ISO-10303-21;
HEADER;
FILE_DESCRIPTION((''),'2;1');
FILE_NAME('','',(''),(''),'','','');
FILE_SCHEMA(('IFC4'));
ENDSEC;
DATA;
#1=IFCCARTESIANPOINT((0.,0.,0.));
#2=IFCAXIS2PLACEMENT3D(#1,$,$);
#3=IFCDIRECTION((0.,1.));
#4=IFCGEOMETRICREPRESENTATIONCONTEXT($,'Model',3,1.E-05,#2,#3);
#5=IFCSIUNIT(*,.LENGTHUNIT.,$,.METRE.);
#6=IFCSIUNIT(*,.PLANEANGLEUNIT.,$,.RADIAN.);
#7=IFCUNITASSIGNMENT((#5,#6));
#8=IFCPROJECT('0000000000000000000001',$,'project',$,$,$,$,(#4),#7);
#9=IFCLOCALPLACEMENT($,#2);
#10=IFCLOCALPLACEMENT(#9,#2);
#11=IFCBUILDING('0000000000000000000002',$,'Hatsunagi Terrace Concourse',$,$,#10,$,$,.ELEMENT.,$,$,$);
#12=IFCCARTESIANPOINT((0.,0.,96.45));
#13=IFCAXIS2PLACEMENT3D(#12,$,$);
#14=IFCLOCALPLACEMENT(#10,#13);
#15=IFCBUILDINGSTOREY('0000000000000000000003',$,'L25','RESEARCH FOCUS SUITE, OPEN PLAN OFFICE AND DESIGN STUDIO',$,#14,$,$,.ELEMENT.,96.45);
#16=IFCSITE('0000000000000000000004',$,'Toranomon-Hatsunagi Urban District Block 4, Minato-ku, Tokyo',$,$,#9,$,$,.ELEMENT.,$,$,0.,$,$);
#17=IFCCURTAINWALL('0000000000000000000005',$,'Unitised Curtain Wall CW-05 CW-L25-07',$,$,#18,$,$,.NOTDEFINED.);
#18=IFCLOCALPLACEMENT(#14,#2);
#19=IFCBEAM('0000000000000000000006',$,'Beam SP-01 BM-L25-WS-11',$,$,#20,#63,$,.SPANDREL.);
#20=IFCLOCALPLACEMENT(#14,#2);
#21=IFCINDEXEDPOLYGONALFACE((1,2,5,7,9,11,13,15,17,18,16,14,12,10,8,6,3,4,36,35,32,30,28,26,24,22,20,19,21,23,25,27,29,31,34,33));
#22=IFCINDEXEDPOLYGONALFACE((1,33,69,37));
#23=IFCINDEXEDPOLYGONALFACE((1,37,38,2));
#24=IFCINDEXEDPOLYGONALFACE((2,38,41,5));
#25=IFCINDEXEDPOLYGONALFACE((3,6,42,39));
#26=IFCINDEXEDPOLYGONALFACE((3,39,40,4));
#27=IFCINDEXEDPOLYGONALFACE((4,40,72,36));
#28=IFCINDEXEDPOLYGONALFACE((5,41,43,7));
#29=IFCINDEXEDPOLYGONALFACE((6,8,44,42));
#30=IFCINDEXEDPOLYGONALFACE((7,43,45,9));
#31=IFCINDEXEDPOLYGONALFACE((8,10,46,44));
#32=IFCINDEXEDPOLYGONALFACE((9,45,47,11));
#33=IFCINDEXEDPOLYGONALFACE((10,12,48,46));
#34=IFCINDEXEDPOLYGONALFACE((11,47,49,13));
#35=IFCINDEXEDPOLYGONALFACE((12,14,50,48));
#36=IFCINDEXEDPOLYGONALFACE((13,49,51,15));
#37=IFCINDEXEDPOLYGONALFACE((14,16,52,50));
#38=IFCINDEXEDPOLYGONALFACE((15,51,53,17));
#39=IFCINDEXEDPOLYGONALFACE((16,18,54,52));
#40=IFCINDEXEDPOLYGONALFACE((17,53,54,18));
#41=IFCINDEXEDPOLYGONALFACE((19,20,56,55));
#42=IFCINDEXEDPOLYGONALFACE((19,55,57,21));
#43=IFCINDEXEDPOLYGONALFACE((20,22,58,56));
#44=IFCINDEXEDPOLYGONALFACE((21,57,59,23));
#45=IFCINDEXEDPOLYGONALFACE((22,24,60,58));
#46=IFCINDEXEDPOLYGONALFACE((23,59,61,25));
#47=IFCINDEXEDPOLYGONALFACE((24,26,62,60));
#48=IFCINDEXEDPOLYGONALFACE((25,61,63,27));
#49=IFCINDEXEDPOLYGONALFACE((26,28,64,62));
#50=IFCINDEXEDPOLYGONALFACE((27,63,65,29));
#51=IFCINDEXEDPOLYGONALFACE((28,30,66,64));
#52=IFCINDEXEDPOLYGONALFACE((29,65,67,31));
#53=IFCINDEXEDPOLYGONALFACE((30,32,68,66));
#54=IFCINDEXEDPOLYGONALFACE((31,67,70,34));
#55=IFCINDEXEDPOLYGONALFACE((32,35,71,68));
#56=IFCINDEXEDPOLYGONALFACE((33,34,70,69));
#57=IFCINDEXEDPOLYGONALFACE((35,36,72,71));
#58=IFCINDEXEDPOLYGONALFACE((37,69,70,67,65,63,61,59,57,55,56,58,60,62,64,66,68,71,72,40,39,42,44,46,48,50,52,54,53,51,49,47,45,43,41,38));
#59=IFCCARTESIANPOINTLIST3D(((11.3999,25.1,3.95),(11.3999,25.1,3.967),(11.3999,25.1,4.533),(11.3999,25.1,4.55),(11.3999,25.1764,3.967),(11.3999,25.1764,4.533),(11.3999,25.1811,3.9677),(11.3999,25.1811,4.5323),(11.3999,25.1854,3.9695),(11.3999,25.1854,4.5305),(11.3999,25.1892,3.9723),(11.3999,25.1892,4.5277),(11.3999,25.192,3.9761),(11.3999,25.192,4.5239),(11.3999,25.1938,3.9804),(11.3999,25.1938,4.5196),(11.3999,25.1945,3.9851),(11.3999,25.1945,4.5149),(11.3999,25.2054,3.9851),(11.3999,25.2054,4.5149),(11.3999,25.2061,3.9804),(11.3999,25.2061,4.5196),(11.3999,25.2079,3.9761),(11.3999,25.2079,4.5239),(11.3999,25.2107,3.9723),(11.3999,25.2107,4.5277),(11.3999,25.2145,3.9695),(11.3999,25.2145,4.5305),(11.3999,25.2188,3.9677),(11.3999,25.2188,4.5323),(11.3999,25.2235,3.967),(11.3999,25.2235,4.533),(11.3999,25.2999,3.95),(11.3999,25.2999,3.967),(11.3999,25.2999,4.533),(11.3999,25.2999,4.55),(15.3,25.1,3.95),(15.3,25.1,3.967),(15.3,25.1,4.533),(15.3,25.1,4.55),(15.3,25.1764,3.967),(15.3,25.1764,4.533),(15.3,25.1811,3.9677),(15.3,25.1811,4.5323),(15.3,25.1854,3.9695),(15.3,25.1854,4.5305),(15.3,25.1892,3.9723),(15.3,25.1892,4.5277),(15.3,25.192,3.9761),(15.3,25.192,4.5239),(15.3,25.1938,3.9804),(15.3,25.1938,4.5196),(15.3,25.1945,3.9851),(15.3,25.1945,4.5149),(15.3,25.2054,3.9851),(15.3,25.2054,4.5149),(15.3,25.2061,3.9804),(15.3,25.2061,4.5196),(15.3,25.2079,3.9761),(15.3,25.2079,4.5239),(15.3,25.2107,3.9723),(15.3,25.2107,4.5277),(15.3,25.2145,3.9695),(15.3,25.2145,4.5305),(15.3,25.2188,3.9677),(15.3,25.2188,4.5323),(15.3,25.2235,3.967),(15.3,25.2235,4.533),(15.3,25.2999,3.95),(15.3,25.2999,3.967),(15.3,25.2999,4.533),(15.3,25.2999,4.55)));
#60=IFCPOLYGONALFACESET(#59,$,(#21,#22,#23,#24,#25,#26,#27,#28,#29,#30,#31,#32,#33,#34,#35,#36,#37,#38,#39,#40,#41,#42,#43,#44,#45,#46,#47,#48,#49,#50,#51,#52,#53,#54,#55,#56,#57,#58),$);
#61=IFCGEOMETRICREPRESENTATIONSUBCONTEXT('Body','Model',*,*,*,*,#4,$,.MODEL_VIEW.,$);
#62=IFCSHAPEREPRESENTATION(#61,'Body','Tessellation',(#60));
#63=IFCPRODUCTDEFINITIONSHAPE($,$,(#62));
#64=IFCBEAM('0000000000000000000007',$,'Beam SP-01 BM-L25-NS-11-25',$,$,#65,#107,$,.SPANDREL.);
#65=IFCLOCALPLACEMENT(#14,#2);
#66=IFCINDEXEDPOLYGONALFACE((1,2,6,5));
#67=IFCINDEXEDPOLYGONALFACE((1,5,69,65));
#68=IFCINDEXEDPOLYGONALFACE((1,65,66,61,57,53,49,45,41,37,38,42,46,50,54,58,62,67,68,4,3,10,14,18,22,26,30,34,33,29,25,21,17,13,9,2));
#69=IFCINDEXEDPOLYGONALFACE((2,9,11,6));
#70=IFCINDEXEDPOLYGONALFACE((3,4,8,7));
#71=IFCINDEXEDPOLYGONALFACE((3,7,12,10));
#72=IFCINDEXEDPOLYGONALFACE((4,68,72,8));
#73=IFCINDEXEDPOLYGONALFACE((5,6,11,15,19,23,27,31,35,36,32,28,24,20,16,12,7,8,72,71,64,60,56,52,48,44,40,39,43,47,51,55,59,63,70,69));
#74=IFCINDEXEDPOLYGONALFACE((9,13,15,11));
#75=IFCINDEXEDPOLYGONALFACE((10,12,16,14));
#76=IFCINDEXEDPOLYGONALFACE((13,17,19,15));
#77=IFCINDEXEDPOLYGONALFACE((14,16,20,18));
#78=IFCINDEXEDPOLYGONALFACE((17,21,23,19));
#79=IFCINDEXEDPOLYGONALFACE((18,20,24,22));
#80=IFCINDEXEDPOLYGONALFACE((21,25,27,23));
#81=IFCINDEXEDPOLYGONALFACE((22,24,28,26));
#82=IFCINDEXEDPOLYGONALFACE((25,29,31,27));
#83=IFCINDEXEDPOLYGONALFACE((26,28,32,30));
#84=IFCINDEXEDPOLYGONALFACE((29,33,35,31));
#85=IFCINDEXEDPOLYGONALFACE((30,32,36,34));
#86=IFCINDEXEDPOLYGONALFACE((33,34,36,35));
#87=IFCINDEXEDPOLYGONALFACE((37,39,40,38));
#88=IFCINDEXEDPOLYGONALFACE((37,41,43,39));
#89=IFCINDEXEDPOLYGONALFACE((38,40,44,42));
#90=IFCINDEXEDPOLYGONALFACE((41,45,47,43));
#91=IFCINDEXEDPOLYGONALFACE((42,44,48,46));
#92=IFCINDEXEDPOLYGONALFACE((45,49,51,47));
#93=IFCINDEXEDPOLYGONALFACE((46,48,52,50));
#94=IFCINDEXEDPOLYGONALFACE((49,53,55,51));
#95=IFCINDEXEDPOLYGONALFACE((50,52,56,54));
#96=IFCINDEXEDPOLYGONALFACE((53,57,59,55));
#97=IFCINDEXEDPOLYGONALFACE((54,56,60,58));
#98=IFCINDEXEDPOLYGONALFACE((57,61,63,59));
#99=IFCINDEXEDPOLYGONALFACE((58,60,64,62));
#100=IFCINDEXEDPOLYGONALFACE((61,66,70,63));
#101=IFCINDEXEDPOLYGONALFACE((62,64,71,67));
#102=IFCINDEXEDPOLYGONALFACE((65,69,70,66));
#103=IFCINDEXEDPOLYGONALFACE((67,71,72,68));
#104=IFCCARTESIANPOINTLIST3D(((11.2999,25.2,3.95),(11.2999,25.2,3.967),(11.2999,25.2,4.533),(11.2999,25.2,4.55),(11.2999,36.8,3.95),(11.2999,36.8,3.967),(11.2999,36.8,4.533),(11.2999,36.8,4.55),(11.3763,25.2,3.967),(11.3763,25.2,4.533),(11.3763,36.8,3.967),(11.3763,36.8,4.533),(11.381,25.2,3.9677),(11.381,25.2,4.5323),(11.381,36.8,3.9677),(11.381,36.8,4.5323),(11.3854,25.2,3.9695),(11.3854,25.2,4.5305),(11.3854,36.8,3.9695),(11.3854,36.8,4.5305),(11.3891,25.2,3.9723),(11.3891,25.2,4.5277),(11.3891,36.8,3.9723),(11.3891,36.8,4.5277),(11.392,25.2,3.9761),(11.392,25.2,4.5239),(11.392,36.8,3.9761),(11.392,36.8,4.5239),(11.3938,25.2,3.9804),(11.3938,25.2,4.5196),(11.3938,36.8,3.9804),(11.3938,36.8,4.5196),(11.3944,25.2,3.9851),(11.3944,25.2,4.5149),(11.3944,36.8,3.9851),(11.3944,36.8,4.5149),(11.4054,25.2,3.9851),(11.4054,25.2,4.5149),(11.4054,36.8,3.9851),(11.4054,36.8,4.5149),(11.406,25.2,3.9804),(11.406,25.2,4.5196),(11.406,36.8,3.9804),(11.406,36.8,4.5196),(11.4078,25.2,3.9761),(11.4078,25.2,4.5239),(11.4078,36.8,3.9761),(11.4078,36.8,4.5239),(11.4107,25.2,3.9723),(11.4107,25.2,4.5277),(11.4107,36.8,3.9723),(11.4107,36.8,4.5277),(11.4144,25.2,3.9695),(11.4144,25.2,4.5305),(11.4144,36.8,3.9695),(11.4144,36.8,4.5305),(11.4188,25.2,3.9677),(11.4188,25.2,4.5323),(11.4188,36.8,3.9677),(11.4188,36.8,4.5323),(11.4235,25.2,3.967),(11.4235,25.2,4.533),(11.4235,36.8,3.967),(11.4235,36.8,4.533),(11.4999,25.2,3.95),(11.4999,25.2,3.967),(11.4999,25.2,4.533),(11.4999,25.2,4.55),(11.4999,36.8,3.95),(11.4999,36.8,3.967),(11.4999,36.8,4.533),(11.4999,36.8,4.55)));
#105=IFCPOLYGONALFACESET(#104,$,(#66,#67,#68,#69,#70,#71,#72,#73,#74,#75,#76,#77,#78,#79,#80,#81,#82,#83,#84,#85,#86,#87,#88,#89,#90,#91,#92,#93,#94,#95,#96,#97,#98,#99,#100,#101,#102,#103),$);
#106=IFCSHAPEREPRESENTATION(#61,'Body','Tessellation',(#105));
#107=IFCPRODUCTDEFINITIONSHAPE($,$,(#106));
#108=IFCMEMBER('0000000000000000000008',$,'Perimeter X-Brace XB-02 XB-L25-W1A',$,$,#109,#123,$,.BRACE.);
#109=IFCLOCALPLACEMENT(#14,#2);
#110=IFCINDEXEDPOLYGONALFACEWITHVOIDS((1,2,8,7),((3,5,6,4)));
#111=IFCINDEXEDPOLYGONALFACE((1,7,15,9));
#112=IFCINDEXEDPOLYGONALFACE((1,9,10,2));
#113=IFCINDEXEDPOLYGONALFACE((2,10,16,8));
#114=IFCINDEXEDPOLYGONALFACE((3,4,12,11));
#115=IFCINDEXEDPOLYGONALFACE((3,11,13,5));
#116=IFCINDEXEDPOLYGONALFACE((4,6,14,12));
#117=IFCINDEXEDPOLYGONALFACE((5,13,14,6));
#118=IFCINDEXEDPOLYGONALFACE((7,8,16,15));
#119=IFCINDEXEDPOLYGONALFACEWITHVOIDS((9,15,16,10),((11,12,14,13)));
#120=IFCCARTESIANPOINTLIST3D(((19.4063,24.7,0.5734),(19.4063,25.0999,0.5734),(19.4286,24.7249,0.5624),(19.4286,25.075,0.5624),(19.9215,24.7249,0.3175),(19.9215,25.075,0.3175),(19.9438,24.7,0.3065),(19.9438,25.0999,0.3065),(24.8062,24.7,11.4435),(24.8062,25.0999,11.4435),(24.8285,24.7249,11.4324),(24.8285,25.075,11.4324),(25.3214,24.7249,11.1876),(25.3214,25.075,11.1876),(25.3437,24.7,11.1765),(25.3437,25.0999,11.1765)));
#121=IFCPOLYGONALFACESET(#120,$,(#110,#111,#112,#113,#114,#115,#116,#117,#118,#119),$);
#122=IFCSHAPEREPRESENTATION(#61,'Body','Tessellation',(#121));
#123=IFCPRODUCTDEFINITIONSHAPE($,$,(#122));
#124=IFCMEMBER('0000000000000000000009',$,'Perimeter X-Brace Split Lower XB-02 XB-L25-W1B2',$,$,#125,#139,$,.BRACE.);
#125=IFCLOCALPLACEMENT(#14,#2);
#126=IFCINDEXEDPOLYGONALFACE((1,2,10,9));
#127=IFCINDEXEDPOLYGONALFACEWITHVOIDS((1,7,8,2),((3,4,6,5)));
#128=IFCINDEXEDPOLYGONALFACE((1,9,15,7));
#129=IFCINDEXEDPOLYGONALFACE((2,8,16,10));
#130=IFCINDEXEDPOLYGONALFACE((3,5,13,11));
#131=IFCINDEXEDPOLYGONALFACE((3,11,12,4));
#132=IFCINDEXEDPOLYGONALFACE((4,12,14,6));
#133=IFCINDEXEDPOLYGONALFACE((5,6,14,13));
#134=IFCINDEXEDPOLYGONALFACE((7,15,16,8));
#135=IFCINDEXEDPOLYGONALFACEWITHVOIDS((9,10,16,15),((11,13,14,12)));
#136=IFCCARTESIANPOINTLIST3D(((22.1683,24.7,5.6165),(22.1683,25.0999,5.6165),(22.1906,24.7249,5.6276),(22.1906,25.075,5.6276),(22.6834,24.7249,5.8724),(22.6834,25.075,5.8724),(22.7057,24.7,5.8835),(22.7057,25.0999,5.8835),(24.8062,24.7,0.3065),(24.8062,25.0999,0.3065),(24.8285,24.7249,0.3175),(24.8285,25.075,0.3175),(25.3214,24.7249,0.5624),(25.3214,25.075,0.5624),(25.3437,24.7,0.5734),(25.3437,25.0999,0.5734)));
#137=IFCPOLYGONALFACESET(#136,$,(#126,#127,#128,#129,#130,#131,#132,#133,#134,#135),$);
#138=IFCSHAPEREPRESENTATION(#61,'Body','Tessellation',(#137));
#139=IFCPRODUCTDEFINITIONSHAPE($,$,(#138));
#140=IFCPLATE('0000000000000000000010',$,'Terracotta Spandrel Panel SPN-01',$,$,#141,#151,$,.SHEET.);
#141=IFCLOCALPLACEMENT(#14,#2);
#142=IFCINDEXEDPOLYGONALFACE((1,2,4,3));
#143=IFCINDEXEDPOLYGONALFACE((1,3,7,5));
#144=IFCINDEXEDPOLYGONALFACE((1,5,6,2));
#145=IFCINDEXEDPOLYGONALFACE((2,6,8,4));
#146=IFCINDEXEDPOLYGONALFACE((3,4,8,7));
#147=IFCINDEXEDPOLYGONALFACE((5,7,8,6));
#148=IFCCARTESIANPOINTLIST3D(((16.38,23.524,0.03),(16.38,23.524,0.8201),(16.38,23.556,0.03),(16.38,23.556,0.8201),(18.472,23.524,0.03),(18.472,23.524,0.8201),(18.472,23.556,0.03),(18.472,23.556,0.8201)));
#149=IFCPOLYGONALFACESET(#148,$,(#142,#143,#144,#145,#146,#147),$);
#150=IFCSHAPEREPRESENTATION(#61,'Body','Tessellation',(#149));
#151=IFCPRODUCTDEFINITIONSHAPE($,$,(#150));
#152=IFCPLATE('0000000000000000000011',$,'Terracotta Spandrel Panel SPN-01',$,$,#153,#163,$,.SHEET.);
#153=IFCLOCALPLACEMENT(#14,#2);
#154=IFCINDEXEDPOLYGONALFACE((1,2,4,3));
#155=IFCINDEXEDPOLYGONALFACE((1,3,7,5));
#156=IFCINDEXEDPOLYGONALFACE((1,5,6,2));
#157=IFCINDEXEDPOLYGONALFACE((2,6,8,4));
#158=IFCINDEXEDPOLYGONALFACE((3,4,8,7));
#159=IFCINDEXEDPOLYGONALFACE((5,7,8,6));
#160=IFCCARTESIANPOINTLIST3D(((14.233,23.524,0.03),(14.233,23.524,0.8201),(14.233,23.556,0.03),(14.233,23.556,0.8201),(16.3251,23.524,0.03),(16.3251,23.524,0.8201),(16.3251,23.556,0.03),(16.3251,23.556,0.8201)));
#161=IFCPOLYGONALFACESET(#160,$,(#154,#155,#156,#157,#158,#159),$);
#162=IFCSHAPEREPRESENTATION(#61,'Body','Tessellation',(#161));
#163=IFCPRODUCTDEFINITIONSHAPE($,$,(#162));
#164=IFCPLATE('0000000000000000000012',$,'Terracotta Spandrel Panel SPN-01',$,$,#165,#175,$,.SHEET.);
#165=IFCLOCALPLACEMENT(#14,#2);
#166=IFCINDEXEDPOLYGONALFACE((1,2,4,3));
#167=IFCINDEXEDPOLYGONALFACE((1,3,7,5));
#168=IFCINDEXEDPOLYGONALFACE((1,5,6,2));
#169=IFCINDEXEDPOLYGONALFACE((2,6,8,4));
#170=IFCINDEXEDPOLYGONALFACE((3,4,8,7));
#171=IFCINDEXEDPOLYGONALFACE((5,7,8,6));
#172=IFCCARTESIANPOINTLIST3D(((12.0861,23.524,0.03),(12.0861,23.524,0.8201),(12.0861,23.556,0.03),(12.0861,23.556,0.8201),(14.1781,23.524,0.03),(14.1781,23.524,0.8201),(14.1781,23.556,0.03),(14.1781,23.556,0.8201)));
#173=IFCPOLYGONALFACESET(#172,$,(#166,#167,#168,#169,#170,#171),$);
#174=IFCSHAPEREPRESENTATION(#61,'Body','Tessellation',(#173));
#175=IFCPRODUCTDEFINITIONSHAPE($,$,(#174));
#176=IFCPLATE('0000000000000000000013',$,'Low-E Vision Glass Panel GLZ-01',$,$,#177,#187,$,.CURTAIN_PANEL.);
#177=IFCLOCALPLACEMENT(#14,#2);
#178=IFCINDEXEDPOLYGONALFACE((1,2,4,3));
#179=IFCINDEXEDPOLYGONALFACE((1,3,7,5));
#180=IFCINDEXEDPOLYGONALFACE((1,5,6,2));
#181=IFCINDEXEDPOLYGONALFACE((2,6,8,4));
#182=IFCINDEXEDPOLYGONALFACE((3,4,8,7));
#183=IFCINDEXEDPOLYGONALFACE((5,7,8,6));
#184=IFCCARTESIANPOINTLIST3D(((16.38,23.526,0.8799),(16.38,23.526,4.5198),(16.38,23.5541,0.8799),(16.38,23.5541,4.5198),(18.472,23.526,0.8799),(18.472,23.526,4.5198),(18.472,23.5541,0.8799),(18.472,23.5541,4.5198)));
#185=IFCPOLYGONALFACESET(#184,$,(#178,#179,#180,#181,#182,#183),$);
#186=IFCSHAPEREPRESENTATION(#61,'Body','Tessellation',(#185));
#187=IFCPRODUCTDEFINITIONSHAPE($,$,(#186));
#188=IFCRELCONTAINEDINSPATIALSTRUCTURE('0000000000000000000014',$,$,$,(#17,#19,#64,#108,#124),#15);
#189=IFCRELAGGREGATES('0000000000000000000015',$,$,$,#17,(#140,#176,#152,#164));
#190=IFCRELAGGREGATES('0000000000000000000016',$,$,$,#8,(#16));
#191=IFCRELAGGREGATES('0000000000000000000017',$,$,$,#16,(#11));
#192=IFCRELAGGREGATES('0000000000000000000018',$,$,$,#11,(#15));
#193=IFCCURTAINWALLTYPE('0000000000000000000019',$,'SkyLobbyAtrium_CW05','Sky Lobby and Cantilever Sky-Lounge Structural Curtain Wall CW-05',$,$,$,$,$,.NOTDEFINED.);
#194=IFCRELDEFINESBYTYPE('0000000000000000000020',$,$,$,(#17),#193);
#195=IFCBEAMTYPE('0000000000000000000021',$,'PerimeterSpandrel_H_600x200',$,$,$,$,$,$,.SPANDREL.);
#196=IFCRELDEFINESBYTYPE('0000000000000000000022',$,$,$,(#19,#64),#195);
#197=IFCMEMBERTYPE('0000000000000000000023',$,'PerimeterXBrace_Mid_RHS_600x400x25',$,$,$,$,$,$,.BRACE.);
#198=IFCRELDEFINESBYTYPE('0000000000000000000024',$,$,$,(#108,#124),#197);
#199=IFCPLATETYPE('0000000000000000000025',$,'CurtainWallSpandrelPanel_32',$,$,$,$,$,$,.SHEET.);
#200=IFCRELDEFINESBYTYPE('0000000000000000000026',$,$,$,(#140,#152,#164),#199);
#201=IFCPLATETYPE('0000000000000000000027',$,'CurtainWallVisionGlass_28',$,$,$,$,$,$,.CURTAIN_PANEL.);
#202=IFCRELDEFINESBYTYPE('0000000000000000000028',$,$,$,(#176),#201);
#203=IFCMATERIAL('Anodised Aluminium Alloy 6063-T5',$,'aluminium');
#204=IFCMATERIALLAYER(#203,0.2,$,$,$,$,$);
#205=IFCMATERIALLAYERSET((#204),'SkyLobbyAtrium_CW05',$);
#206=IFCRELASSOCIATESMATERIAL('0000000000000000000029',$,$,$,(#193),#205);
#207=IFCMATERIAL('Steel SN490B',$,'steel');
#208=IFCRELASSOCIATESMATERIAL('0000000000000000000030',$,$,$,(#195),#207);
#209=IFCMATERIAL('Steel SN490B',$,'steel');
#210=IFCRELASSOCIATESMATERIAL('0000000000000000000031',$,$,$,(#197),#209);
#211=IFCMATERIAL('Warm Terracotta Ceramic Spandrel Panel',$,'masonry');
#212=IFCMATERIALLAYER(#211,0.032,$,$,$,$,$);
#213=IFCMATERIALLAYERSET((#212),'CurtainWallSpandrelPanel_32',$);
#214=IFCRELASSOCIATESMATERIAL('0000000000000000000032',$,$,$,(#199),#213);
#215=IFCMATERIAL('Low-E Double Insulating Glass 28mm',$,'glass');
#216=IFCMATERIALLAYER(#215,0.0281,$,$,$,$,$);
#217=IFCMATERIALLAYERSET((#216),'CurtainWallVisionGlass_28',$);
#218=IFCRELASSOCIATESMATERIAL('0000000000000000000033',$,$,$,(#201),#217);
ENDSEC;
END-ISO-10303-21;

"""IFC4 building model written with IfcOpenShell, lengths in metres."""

from ifc_helpers import new_model, si_unit, direction, frame, origin, origin_2d, place, context, subcontext, project, spatial, rectangle, hollow_rectangle, i_section, extrude, material, layer, layer_set, material_profile, profile_set, type_object, element, aggregate, save


model = new_model("IFC4")

# Units and contexts
model_context = context("Model", 3, precision=1e-05, world=origin(), true_north=direction((0.0, 1.0)))
body_context = subcontext(model_context, "Body", "Model", "MODEL_VIEW")
ifc_project = project(units=[si_unit("LENGTHUNIT", "METRE"), si_unit("PLANEANGLEUNIT", "RADIAN")], contexts=[model_context])

# Site, building, storey
site_placement = place(None, origin())
site = spatial("IfcSite", under=ifc_project, at=site_placement, Name="Toranomon-Hatsunagi Urban District Block 4, Minato-ku, Tokyo", CompositionType="ELEMENT", RefElevation=0.0)
building_placement = place(site_placement, origin())
building = spatial("IfcBuilding", under=site, at=building_placement, Name="Hatsunagi Terrace Concourse", CompositionType="ELEMENT")
storey_placement = place(building_placement, frame((0.0, 0.0, 96.45)))
storey = spatial("IfcBuildingStorey", under=building, at=storey_placement, Name="L25", Description="RESEARCH FOCUS SUITE, OPEN PLAN OFFICE AND DESIGN STUDIO", CompositionType="ELEMENT", Elevation=96.45)

# Curtain wall
ifc_material_1 = material(Name="Anodised Aluminium Alloy 6063-T5", Category="aluminium")
ifc_layer_1 = layer(ifc_material_1, 0.2)
ifc_layer_set_1 = layer_set([ifc_layer_1], Name="SkyLobbyAtrium_CW05")
curtain_wall_type = type_object("IfcCurtainWallType", Name="SkyLobbyAtrium_CW05", Description="Sky Lobby and Cantilever Sky-Lounge Structural Curtain Wall CW-05", PredefinedType="NOTDEFINED", material=ifc_layer_set_1)
curtain_wall_placement = place(storey_placement, origin())
curtain_wall = element("IfcCurtainWall", 1, at=curtain_wall_placement, inside=storey, type_object=curtain_wall_type, Name="Unitised Curtain Wall CW-05 CW-L25-07", PredefinedType="NOTDEFINED")

# Beams
ifc_material_2 = material(Name="Steel SN490B", Category="steel")
ifc_material_profile_1 = material_profile(ifc_material_2, i_section(OverallWidth=0.2, OverallDepth=0.6001, WebThickness=0.011, FlangeThickness=0.0171, FilletRadius=0.0181, at=origin_2d()), Name="H-600x200x11x17")
ifc_profile_set_1 = profile_set([ifc_material_profile_1], Name="Steel SN490B")
beam_type = type_object("IfcBeamType", Name="PerimeterSpandrel_H_600x200", PredefinedType="SPANDREL", material=ifc_profile_set_1)
beam_1_placement = place(storey_placement, frame((11.3999, 25.2, 4.25), z_axis=(1.0, 0.0, 0.0), x_axis=(0.0, 1.0, 0.0)))
element("IfcBeam", 2, at=beam_1_placement, inside=storey, type_object=beam_type, Name="Beam SP-01 BM-L25-WS-11", PredefinedType="SPANDREL", context=body_context, shape_type="SweptSolid", body=[
    extrude(i_section(OverallWidth=0.2, OverallDepth=0.6001, WebThickness=0.011, FlangeThickness=0.0171, FilletRadius=0.0181, at=origin_2d()), origin(), (0.0, 0.0, 1.0), 3.9001),
])
beam_2_placement = place(storey_placement, frame((11.3999, 25.2, 4.25), z_axis=(0.0, 1.0, 0.0), x_axis=(-1.0, 0.0, 0.0)))
element("IfcBeam", 3, at=beam_2_placement, inside=storey, type_object=beam_type, Name="Beam SP-01 BM-L25-NS-11-25", PredefinedType="SPANDREL", context=body_context, shape_type="SweptSolid", body=[
    extrude(i_section(OverallWidth=0.2, OverallDepth=0.6001, WebThickness=0.011, FlangeThickness=0.0171, FilletRadius=0.0181, at=origin_2d()), origin(), (0.0, 0.0, 1.0), 11.6001),
])

# Members
ifc_material_3 = material(Name="Steel SN490B", Category="steel")
ifc_material_profile_2 = material_profile(ifc_material_3, hollow_rectangle(XDim=0.3999, YDim=0.6001, WallThickness=0.0249, at=origin_2d()), Name="RHS-600x400x25")
ifc_profile_set_2 = profile_set([ifc_material_profile_2], Name="Steel SN490B")
member_type_1 = type_object("IfcMemberType", Name="PerimeterXBrace_Mid_RHS_600x400x25", PredefinedType="BRACE", material=ifc_profile_set_2)
member_1_placement = place(storey_placement, frame((19.675, 24.8999, 0.4399), z_axis=(0.444895, 0.0, 0.895583), x_axis=(0.0, 1.0, 0.0)))
element("IfcMember", 4, at=member_1_placement, inside=storey, type_object=member_type_1, Name="Perimeter X-Brace XB-02 XB-L25-W1A", PredefinedType="BRACE", context=body_context, shape_type="SweptSolid", body=[
    extrude(hollow_rectangle(XDim=0.3999, YDim=0.6001, WallThickness=0.0249, at=origin_2d()), origin(), (0.0, 0.0, 1.0), 12.1375),
])
member_2_placement = place(storey_placement, frame((22.437, 24.8999, 5.75), z_axis=(0.444906, 0.0, -0.895577), x_axis=(0.0, 1.0, 0.0)))
element("IfcMember", 5, at=member_2_placement, inside=storey, type_object=member_type_1, Name="Perimeter X-Brace Split Lower XB-02 XB-L25-W1B2", PredefinedType="BRACE", context=body_context, shape_type="SweptSolid", body=[
    extrude(hollow_rectangle(XDim=0.3999, YDim=0.6001, WallThickness=0.0249, at=origin_2d()), origin(), (0.0, 0.0, 1.0), 5.9292),
])

# Plates
ifc_material_4 = material(Name="Warm Terracotta Ceramic Spandrel Panel", Category="masonry")
ifc_layer_2 = layer(ifc_material_4, 0.032)
ifc_layer_set_2 = layer_set([ifc_layer_2], Name="CurtainWallSpandrelPanel_32")
plate_type_1 = type_object("IfcPlateType", Name="CurtainWallSpandrelPanel_32", PredefinedType="SHEET", material=ifc_layer_set_2)
plate_1_placement = place(storey_placement, frame((17.426, 23.54, 0.03), z_axis=(0.0, 0.0, 1.0), x_axis=(-1.0, 0.0, 0.0)))
plate_1 = element("IfcPlate", 6, at=plate_1_placement, type_object=plate_type_1, Name="Terracotta Spandrel Panel SPN-01", PredefinedType="SHEET", context=body_context, shape_type="SweptSolid", body=[
    extrude(rectangle(XDim=2.092, YDim=0.032, at=origin_2d()), origin(), (0.0, 0.0, 1.0), 0.79),
])
plate_2_placement = place(storey_placement, frame((15.2791, 23.54, 0.03), z_axis=(0.0, 0.0, 1.0), x_axis=(-1.0, 0.0, 0.0)))
plate_2 = element("IfcPlate", 7, at=plate_2_placement, type_object=plate_type_1, Name="Terracotta Spandrel Panel SPN-01", PredefinedType="SHEET", context=body_context, shape_type="SweptSolid", body=[
    extrude(rectangle(XDim=2.092, YDim=0.032, at=origin_2d()), origin(), (0.0, 0.0, 1.0), 0.79),
])
plate_3_placement = place(storey_placement, frame((13.1321, 23.54, 0.03), z_axis=(0.0, 0.0, 1.0), x_axis=(-1.0, 0.0, 0.0)))
plate_3 = element("IfcPlate", 8, at=plate_3_placement, type_object=plate_type_1, Name="Terracotta Spandrel Panel SPN-01", PredefinedType="SHEET", context=body_context, shape_type="SweptSolid", body=[
    extrude(rectangle(XDim=2.092, YDim=0.032, at=origin_2d()), origin(), (0.0, 0.0, 1.0), 0.79),
])
ifc_material_5 = material(Name="Low-E Double Insulating Glass 28mm", Category="glass")
ifc_layer_3 = layer(ifc_material_5, 0.0281)
ifc_layer_set_3 = layer_set([ifc_layer_3], Name="CurtainWallVisionGlass_28")
plate_type_2 = type_object("IfcPlateType", Name="CurtainWallVisionGlass_28", PredefinedType="CURTAIN_PANEL", material=ifc_layer_set_3)
plate_4_placement = place(storey_placement, frame((17.426, 23.54, 0.8799), z_axis=(0.0, 0.0, 1.0), x_axis=(-1.0, 0.0, 0.0)))
plate_4 = element("IfcPlate", 9, at=plate_4_placement, type_object=plate_type_2, Name="Low-E Vision Glass Panel GLZ-01", PredefinedType="CURTAIN_PANEL", context=body_context, shape_type="SweptSolid", body=[
    extrude(rectangle(XDim=2.092, YDim=0.0281, at=origin_2d()), origin(), (0.0, 0.0, 1.0), 3.6399),
])
aggregate(curtain_wall, [plate_1, plate_4, plate_2, plate_3])

save(model, "model.ifc")
